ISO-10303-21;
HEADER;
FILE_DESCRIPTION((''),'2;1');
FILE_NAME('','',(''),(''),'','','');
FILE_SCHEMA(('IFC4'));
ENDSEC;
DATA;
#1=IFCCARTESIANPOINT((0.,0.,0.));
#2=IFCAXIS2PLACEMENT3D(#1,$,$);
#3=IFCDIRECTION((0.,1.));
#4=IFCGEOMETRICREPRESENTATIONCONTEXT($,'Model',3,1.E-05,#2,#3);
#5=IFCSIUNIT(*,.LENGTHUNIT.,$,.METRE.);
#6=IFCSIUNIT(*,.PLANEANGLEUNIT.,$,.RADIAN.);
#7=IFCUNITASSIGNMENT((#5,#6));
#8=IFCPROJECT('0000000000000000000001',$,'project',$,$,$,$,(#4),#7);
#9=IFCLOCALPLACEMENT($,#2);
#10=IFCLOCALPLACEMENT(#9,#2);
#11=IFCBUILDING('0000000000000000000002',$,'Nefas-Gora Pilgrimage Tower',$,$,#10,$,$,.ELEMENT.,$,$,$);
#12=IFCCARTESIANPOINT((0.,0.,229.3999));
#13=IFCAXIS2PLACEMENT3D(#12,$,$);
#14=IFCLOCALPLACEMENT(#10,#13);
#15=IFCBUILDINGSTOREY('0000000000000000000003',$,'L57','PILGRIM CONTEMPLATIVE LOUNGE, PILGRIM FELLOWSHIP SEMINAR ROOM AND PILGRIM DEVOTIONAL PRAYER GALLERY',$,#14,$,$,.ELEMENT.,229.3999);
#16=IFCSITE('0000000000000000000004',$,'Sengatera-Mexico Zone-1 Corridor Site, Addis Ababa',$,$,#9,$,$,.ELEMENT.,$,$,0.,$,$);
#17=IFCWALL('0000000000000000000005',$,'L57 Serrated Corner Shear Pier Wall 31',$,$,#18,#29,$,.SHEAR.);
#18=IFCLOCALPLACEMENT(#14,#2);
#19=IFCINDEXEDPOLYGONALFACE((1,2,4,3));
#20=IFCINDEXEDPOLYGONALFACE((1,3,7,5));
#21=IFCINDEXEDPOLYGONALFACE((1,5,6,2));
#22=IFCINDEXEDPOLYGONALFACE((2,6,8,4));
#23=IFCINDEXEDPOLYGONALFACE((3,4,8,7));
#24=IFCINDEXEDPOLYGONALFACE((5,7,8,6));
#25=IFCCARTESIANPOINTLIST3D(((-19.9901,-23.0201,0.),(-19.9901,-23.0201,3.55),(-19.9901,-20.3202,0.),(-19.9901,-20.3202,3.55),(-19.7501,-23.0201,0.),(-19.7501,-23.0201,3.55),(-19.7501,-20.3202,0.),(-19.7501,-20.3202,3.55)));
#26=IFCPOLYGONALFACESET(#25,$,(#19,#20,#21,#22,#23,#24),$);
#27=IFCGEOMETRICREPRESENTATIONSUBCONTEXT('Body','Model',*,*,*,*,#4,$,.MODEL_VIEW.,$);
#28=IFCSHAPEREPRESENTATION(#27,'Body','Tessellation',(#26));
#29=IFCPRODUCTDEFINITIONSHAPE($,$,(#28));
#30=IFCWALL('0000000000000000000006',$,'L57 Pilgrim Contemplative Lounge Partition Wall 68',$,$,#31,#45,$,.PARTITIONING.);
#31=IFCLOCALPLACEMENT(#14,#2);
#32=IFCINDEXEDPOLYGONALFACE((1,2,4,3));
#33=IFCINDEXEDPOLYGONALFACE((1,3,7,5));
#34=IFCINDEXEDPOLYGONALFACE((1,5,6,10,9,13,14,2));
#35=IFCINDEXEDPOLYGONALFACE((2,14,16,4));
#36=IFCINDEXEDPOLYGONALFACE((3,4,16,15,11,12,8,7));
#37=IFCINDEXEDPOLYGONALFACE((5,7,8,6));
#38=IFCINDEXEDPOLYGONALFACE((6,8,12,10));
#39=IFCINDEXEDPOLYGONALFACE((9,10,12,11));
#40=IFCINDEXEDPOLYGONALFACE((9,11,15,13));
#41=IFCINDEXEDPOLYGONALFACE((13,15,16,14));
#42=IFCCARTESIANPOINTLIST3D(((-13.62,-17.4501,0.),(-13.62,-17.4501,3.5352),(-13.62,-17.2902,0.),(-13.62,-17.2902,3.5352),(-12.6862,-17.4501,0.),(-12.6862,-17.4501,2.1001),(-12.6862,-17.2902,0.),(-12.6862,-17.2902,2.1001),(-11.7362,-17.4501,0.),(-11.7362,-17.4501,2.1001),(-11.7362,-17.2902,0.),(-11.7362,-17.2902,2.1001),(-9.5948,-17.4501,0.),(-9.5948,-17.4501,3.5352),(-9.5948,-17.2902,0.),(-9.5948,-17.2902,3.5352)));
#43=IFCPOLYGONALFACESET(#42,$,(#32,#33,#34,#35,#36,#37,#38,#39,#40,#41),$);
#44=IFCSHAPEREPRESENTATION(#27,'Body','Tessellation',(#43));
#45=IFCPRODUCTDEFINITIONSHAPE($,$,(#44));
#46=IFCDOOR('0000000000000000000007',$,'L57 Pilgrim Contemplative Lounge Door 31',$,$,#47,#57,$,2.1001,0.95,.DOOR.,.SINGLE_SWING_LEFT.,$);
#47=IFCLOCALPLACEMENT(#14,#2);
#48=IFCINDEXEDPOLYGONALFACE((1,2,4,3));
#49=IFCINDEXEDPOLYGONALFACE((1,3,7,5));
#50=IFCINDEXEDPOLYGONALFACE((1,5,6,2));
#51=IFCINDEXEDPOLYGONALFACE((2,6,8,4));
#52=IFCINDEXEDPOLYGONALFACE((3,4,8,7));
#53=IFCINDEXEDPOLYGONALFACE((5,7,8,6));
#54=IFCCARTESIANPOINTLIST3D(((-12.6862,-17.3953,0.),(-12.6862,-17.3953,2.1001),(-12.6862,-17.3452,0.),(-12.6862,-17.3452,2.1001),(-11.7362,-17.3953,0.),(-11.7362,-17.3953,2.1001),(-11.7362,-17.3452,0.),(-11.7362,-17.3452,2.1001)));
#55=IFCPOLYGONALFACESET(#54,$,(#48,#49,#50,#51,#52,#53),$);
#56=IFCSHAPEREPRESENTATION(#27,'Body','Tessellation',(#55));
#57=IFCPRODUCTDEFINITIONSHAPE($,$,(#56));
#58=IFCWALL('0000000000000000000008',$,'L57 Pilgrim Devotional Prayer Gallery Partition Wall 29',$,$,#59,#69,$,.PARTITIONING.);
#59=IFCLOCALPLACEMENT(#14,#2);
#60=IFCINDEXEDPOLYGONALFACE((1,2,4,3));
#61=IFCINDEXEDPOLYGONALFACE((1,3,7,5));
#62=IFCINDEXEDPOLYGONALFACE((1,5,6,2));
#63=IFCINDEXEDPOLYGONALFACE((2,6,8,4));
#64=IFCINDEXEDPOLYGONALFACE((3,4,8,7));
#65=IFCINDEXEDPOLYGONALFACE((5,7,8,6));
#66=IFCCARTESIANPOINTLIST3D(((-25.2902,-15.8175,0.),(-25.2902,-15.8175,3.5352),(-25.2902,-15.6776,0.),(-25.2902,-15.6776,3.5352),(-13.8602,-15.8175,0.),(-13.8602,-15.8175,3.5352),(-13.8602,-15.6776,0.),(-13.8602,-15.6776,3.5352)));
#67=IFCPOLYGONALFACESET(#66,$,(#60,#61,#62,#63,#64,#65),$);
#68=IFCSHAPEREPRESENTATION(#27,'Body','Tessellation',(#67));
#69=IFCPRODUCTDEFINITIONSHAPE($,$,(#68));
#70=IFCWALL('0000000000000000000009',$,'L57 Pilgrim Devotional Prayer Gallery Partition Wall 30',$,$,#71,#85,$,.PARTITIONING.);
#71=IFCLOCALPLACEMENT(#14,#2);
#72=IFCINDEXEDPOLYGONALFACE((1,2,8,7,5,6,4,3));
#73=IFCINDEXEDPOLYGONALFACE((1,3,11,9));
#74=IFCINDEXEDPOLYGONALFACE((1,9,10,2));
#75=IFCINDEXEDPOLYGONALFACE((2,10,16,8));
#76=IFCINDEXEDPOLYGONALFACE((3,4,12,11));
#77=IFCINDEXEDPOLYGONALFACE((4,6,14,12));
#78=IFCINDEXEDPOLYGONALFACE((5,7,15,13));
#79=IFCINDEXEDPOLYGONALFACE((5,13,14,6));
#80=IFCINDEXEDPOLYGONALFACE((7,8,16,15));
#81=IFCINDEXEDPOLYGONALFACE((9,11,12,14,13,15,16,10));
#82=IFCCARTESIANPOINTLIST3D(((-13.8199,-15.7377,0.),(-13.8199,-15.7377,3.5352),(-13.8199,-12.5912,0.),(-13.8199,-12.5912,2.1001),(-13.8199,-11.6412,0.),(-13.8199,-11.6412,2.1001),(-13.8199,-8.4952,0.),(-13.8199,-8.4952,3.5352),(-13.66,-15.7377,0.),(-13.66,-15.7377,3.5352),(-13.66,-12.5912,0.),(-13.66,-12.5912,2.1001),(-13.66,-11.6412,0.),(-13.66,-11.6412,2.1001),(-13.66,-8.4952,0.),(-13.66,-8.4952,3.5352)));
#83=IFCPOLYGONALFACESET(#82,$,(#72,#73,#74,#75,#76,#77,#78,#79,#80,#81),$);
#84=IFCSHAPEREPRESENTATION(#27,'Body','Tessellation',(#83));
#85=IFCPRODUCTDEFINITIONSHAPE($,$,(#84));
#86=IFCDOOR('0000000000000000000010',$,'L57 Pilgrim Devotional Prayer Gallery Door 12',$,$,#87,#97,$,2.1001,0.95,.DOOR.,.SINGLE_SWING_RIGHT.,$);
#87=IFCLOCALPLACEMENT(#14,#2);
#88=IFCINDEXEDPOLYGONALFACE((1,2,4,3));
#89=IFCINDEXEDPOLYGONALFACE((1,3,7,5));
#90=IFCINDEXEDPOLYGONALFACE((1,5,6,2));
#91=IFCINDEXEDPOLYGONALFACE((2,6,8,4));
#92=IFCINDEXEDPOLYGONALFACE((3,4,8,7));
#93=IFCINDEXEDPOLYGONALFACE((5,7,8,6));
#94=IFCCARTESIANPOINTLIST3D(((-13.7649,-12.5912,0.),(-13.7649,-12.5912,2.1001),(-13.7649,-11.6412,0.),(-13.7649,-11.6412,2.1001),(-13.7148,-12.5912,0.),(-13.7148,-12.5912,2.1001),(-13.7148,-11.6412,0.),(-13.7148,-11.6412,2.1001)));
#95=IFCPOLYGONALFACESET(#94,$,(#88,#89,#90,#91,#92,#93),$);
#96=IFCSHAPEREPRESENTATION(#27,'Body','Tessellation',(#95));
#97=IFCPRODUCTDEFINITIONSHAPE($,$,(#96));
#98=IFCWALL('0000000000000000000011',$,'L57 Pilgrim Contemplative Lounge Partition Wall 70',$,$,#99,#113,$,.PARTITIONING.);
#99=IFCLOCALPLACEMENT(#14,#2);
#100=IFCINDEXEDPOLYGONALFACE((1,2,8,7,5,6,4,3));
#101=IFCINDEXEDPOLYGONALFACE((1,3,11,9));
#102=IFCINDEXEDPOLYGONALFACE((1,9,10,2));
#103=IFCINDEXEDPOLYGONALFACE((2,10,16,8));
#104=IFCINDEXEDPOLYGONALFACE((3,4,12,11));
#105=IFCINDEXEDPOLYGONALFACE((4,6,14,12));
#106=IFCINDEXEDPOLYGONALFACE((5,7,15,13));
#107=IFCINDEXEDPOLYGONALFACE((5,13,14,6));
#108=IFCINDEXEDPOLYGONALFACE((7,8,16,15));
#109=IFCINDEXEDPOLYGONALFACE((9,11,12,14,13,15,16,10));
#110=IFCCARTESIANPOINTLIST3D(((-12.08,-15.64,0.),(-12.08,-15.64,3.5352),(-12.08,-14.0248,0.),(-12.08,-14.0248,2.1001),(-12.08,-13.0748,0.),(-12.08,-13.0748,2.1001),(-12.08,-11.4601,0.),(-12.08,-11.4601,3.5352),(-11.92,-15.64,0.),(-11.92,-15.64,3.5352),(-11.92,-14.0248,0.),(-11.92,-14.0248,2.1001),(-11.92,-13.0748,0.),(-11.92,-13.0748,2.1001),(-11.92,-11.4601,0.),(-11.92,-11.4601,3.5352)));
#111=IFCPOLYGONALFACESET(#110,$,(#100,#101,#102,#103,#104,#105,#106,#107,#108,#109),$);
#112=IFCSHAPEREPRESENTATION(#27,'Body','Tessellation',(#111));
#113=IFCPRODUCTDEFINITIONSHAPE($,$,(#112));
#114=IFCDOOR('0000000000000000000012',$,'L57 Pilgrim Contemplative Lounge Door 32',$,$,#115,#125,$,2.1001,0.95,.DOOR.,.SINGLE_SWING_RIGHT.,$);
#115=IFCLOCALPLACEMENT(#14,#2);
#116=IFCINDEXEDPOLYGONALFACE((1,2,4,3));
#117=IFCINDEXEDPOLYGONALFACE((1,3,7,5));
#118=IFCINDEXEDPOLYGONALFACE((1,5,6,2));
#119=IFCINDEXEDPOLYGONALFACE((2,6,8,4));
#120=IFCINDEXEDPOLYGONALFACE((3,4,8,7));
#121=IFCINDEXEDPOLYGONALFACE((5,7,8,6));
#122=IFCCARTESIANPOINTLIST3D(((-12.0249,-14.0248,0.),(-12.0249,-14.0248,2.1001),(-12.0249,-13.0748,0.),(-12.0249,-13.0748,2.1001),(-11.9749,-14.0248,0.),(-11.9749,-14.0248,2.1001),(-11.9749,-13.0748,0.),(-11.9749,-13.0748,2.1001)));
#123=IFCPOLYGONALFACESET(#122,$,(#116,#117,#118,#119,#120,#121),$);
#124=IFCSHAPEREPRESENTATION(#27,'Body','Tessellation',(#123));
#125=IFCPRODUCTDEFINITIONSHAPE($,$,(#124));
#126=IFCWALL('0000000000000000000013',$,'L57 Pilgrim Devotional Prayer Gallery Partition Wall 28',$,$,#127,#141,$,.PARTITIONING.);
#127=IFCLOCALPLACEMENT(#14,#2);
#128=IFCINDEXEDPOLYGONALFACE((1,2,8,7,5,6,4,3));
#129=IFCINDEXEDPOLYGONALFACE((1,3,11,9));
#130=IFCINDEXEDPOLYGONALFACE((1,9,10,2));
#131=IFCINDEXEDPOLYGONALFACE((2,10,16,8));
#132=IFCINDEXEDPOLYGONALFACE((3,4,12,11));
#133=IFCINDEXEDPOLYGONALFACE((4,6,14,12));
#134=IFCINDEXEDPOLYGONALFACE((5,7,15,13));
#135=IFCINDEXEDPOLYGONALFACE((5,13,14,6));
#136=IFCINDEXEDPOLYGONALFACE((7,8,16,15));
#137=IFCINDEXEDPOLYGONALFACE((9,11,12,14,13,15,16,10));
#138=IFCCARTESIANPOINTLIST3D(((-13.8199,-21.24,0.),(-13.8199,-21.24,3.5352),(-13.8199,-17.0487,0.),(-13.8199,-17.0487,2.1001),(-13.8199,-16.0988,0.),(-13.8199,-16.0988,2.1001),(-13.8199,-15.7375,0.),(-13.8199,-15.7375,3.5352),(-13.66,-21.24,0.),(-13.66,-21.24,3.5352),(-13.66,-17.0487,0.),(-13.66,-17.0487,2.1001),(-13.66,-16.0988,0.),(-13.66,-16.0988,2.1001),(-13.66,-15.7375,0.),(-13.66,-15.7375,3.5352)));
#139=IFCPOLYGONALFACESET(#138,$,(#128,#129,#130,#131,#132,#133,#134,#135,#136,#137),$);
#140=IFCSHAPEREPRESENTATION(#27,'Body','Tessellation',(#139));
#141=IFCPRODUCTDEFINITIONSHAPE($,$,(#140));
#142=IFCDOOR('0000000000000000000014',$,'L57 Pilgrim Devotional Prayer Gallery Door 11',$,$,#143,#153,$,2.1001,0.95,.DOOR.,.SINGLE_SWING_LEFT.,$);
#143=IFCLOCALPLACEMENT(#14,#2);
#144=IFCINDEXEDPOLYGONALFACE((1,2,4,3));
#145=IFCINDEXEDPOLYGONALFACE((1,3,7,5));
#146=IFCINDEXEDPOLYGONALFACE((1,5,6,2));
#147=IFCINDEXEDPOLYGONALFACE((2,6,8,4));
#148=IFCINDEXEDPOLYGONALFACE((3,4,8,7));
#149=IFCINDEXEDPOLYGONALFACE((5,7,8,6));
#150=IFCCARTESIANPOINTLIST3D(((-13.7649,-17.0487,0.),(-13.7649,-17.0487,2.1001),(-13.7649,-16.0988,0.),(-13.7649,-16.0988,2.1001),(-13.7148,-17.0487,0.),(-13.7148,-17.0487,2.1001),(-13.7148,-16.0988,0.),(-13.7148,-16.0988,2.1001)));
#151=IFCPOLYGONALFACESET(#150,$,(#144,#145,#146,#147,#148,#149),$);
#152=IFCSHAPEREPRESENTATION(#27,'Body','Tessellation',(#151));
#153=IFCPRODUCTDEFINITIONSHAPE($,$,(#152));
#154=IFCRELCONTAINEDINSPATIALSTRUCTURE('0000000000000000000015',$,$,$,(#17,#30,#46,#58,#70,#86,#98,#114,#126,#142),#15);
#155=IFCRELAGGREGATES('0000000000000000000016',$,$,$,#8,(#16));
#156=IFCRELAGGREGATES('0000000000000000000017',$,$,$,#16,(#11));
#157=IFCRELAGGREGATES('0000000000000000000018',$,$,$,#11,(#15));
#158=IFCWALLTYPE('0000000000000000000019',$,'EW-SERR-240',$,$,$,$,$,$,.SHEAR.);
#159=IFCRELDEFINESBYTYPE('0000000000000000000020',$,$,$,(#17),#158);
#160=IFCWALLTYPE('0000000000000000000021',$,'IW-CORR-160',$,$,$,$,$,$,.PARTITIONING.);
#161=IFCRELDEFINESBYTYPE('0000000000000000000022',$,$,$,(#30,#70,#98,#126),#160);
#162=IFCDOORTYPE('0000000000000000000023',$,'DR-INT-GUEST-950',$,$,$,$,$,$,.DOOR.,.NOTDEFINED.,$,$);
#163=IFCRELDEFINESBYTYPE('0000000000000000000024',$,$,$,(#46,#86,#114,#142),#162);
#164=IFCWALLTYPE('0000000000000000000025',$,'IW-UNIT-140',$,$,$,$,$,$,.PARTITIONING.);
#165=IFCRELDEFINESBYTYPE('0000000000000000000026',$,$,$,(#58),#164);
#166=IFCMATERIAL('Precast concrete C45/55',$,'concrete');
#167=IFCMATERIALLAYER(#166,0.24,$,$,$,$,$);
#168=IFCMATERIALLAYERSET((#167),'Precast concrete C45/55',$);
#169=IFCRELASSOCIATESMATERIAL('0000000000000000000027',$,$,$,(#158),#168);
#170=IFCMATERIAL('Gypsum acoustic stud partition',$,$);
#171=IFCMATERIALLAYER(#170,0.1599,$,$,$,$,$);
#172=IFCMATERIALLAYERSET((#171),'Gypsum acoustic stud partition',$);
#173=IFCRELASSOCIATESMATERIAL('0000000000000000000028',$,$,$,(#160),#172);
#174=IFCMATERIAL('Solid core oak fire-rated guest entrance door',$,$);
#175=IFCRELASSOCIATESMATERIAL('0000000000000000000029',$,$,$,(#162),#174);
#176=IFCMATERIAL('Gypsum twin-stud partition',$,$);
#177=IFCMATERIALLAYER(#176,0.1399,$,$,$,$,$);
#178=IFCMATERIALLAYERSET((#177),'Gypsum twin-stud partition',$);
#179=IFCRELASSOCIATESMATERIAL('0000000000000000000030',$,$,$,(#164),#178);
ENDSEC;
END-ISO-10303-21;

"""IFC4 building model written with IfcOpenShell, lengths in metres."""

from ifc_helpers import new_model, si_unit, direction, frame, frame_2d, origin, place, context, subcontext, project, spatial, rectangle, extrude, source, transform, mapped, material, layer, layer_set, type_object, element, fill, save


model = new_model("IFC4")

# Units and contexts
model_context = context("Model", 3, precision=1e-05, world=origin(), true_north=direction((0.0, 1.0)))
body_context = subcontext(model_context, "Body", "Model", "MODEL_VIEW")
ifc_project = project(units=[si_unit("LENGTHUNIT", "METRE"), si_unit("PLANEANGLEUNIT", "RADIAN")], contexts=[model_context])

# Site, building, storey
site_placement = place(None, origin())
site = spatial("IfcSite", under=ifc_project, at=site_placement, Name="Sengatera-Mexico Zone-1 Corridor Site, Addis Ababa", CompositionType="ELEMENT", RefElevation=0.0)
building_placement = place(site_placement, origin())
building = spatial("IfcBuilding", under=site, at=building_placement, Name="Nefas-Gora Pilgrimage Tower", CompositionType="ELEMENT")
storey_placement = place(building_placement, frame((0.0, 0.0, 229.3999)))
storey = spatial("IfcBuildingStorey", under=building, at=storey_placement, Name="L57", Description="PILGRIM CONTEMPLATIVE LOUNGE, PILGRIM FELLOWSHIP SEMINAR ROOM AND PILGRIM DEVOTIONAL PRAYER GALLERY", CompositionType="ELEMENT", Elevation=229.3999)

# Shared definitions
ifc_material_1 = material(Name="Precast concrete C45/55", Category="concrete")
ifc_layer_1 = layer(ifc_material_1, 0.24)
ifc_layer_set_1 = layer_set([ifc_layer_1], Name="Precast concrete C45/55")
wall_type_1 = type_object("IfcWallType", Name="EW-SERR-240", PredefinedType="SHEAR", material=ifc_layer_set_1)
shared_shape_1 = source(origin(), body_context, "Body", "SweptSolid", [
    extrude(rectangle(XDim=2.7, YDim=0.24, at=frame_2d((1.3501, 0.0))), origin(), (0.0, 0.0, 1.0), 3.55),
])

# Wall
for number, where, z_axis, x_axis, name in (
    (1, (-19.8701, -20.3201, 0.0), (0.0, 0.0, 1.0), (0.0, -1.0, 0.0), "L57 Serrated Corner Shear Pier Wall 31"),
):
    element("IfcWall", number, at=place(storey_placement, frame(where, z_axis=z_axis, x_axis=x_axis)), inside=storey, type_object=wall_type_1, Name=name, PredefinedType="SHEAR", context=body_context, shape_type="MappedRepresentation", body=[
        mapped(shared_shape_1, transform((0.0, 0.0, 0.0), x_axis=(1.0, 0.0, 0.0), y_axis=(0.0, 1.0, 0.0), z_axis=(0.0, 0.0, 1.0), scale=1.0)),
    ])

# Wall, opening, door
ifc_material_2 = material(Name="Gypsum acoustic stud partition")
ifc_layer_2 = layer(ifc_material_2, 0.1599)
ifc_layer_set_2 = layer_set([ifc_layer_2], Name="Gypsum acoustic stud partition")
wall_type_2 = type_object("IfcWallType", Name="IW-CORR-160", PredefinedType="PARTITIONING", material=ifc_layer_set_2)
shared_shape_2 = source(origin(), body_context, "Body", "SweptSolid", [
    extrude(rectangle(XDim=4.0251, YDim=0.1599, at=frame_2d((2.0127, 0.0))), origin(), (0.0, 0.0, 1.0), 3.5352),
])
wall_1_placement = place(storey_placement, frame((-13.6201, -17.3701, 0.0), z_axis=(0.0, 0.0, 1.0), x_axis=(1.0, 0.0, 0.0)))
wall_1 = element("IfcWall", 2, at=wall_1_placement, inside=storey, type_object=wall_type_2, Name="L57 Pilgrim Contemplative Lounge Partition Wall 68", PredefinedType="PARTITIONING", context=body_context, shape_type="MappedRepresentation", body=[
    mapped(shared_shape_2, transform((0.0, 0.0, 0.0), x_axis=(1.0, 0.0, 0.0), y_axis=(0.0, 1.0, 0.0), z_axis=(0.0, 0.0, 1.0), scale=1.0)),
])
opening_1_placement = place(wall_1_placement, frame((0.9338, 0.0, 0.0)))
opening_1 = element("IfcOpeningElement", 3, at=opening_1_placement, cuts=wall_1, PredefinedType="OPENING", context=body_context, shape_type="SweptSolid", body=[
    extrude(rectangle(XDim=0.95, YDim=2.1001, at=frame_2d((0.4751, 1.05))), frame((0.0, 0.0898, 0.0), z_axis=(0.0, -1.0, 0.0), x_axis=(1.0, 0.0, 0.0)), (0.0, 0.0, 1.0), 0.1799),
])
ifc_material_3 = material(Name="Solid core oak fire-rated guest entrance door")
door_type = type_object("IfcDoorType", Name="DR-INT-GUEST-950", OperationType="NOTDEFINED", PredefinedType="DOOR", material=ifc_material_3)
shared_shape_3 = source(origin(), body_context, "Body", "SweptSolid", [
    extrude(rectangle(XDim=0.95, YDim=2.1001, at=frame_2d((0.4751, 1.05))), frame((0.0, 0.0249, 0.0), z_axis=(0.0, -1.0, 0.0), x_axis=(1.0, 0.0, 0.0)), (0.0, 0.0, 1.0), 0.05),
])
door_1_placement = place(opening_1_placement, origin())
door_1 = element("IfcDoor", 4, at=door_1_placement, inside=storey, type_object=door_type, Name="L57 Pilgrim Contemplative Lounge Door 31", OperationType="SINGLE_SWING_LEFT", OverallHeight=2.1001, OverallWidth=0.95, PredefinedType="DOOR", context=body_context, shape_type="MappedRepresentation", body=[
    mapped(shared_shape_3, transform((0.0, 0.0, 0.0), x_axis=(1.0, 0.0, 0.0), y_axis=(0.0, 1.0, 0.0), z_axis=(0.0, 0.0, 1.0), scale=1.0)),
])
fill(opening_1, door_1)

# Wall
ifc_material_4 = material(Name="Gypsum twin-stud partition")
ifc_layer_3 = layer(ifc_material_4, 0.1399)
ifc_layer_set_3 = layer_set([ifc_layer_3], Name="Gypsum twin-stud partition")
wall_type_3 = type_object("IfcWallType", Name="IW-UNIT-140", PredefinedType="PARTITIONING", material=ifc_layer_set_3)
shared_shape_4 = source(origin(), body_context, "Body", "SweptSolid", [
    extrude(rectangle(XDim=11.4299, YDim=0.1399, at=frame_2d((5.7148, 0.0))), origin(), (0.0, 0.0, 1.0), 3.5352),
])
wall_2_placement = place(storey_placement, frame((-25.29, -15.7476, 0.0), z_axis=(0.0, 0.0, 1.0), x_axis=(1.0, 0.0, 0.0)))
element("IfcWall", 5, at=wall_2_placement, inside=storey, type_object=wall_type_3, Name="L57 Pilgrim Devotional Prayer Gallery Partition Wall 29", PredefinedType="PARTITIONING", context=body_context, shape_type="MappedRepresentation", body=[
    mapped(shared_shape_4, transform((0.0, 0.0, 0.0), x_axis=(1.0, 0.0, 0.0), y_axis=(0.0, 1.0, 0.0), z_axis=(0.0, 0.0, 1.0), scale=1.0)),
])

# Walls, openings, doors
shared_shape_5 = source(origin(), body_context, "Body", "SweptSolid", [
    extrude(rectangle(XDim=7.2424, YDim=0.1599, at=frame_2d((3.6211, 0.0))), origin(), (0.0, 0.0, 1.0), 3.5352),
])
wall_3_placement = place(storey_placement, frame((-13.74, -15.7375, 0.0), z_axis=(0.0, 0.0, 1.0), x_axis=(0.0, 1.0, 0.0)))
wall_3 = element("IfcWall", 6, at=wall_3_placement, inside=storey, type_object=wall_type_2, Name="L57 Pilgrim Devotional Prayer Gallery Partition Wall 30", PredefinedType="PARTITIONING", context=body_context, shape_type="MappedRepresentation", body=[
    mapped(shared_shape_5, transform((0.0, 0.0, 0.0), x_axis=(1.0, 0.0, 0.0), y_axis=(0.0, 1.0, 0.0), z_axis=(0.0, 0.0, 1.0), scale=1.0)),
])
opening_2_placement = place(wall_3_placement, frame((3.1462, 0.0, 0.0)))
opening_2 = element("IfcOpeningElement", 7, at=opening_2_placement, cuts=wall_3, PredefinedType="OPENING", context=body_context, shape_type="SweptSolid", body=[
    extrude(rectangle(XDim=0.95, YDim=2.1001, at=frame_2d((0.4751, 1.05))), frame((0.0, 0.0898, 0.0), z_axis=(0.0, -1.0, 0.0), x_axis=(1.0, 0.0, 0.0)), (0.0, 0.0, 1.0), 0.1799),
])
door_2_placement = place(opening_2_placement, origin())
door_2 = element("IfcDoor", 8, at=door_2_placement, inside=storey, type_object=door_type, Name="L57 Pilgrim Devotional Prayer Gallery Door 12", OperationType="SINGLE_SWING_RIGHT", OverallHeight=2.1001, OverallWidth=0.95, PredefinedType="DOOR", context=body_context, shape_type="MappedRepresentation", body=[
    mapped(shared_shape_3, transform((0.0, 0.0, 0.0), x_axis=(1.0, 0.0, 0.0), y_axis=(0.0, 1.0, 0.0), z_axis=(0.0, 0.0, 1.0), scale=1.0)),
])
fill(opening_2, door_2)
shared_shape_6 = source(origin(), body_context, "Body", "SweptSolid", [
    extrude(rectangle(XDim=4.1799, YDim=0.1599, at=frame_2d((2.0898, 0.0))), origin(), (0.0, 0.0, 1.0), 3.5352),
])
wall_4_placement = place(storey_placement, frame((-12.0, -15.6399, 0.0), z_axis=(0.0, 0.0, 1.0), x_axis=(0.0, 1.0, 0.0)))
wall_4 = element("IfcWall", 9, at=wall_4_placement, inside=storey, type_object=wall_type_2, Name="L57 Pilgrim Contemplative Lounge Partition Wall 70", PredefinedType="PARTITIONING", context=body_context, shape_type="MappedRepresentation", body=[
    mapped(shared_shape_6, transform((0.0, 0.0, 0.0), x_axis=(1.0, 0.0, 0.0), y_axis=(0.0, 1.0, 0.0), z_axis=(0.0, 0.0, 1.0), scale=1.0)),
])
opening_3_placement = place(wall_4_placement, frame((1.615, 0.0, 0.0)))
opening_3 = element("IfcOpeningElement", 10, at=opening_3_placement, cuts=wall_4, PredefinedType="OPENING", context=body_context, shape_type="SweptSolid", body=[
    extrude(rectangle(XDim=0.95, YDim=2.1001, at=frame_2d((0.4751, 1.05))), frame((0.0, 0.0898, 0.0), z_axis=(0.0, -1.0, 0.0), x_axis=(1.0, 0.0, 0.0)), (0.0, 0.0, 1.0), 0.1799),
])
door_3_placement = place(opening_3_placement, origin())
door_3 = element("IfcDoor", 11, at=door_3_placement, inside=storey, type_object=door_type, Name="L57 Pilgrim Contemplative Lounge Door 32", OperationType="SINGLE_SWING_RIGHT", OverallHeight=2.1001, OverallWidth=0.95, PredefinedType="DOOR", context=body_context, shape_type="MappedRepresentation", body=[
    mapped(shared_shape_3, transform((0.0, 0.0, 0.0), x_axis=(1.0, 0.0, 0.0), y_axis=(0.0, 1.0, 0.0), z_axis=(0.0, 0.0, 1.0), scale=1.0)),
])
fill(opening_3, door_3)
shared_shape_7 = source(origin(), body_context, "Body", "SweptSolid", [
    extrude(rectangle(XDim=5.5024, YDim=0.1599, at=frame_2d((2.7512, 0.0))), origin(), (0.0, 0.0, 1.0), 3.5352),
])
wall_5_placement = place(storey_placement, frame((-13.74, -21.24, 0.0), z_axis=(0.0, 0.0, 1.0), x_axis=(0.0, 1.0, 0.0)))
wall_5 = element("IfcWall", 12, at=wall_5_placement, inside=storey, type_object=wall_type_2, Name="L57 Pilgrim Devotional Prayer Gallery Partition Wall 28", PredefinedType="PARTITIONING", context=body_context, shape_type="MappedRepresentation", body=[
    mapped(shared_shape_7, transform((0.0, 0.0, 0.0), x_axis=(1.0, 0.0, 0.0), y_axis=(0.0, 1.0, 0.0), z_axis=(0.0, 0.0, 1.0), scale=1.0)),
])
opening_4_placement = place(wall_5_placement, frame((4.1912, 0.0, 0.0)))
opening_4 = element("IfcOpeningElement", 13, at=opening_4_placement, cuts=wall_5, PredefinedType="OPENING", context=body_context, shape_type="SweptSolid", body=[
    extrude(rectangle(XDim=0.95, YDim=2.1001, at=frame_2d((0.4751, 1.05))), frame((0.0, 0.0898, 0.0), z_axis=(0.0, -1.0, 0.0), x_axis=(1.0, 0.0, 0.0)), (0.0, 0.0, 1.0), 0.1799),
])
door_4_placement = place(opening_4_placement, origin())
door_4 = element("IfcDoor", 14, at=door_4_placement, inside=storey, type_object=door_type, Name="L57 Pilgrim Devotional Prayer Gallery Door 11", OperationType="SINGLE_SWING_LEFT", OverallHeight=2.1001, OverallWidth=0.95, PredefinedType="DOOR", context=body_context, shape_type="MappedRepresentation", body=[
    mapped(shared_shape_3, transform((0.0, 0.0, 0.0), x_axis=(1.0, 0.0, 0.0), y_axis=(0.0, 1.0, 0.0), z_axis=(0.0, 0.0, 1.0), scale=1.0)),
])
fill(opening_4, door_4)

save(model, "model.ifc")
